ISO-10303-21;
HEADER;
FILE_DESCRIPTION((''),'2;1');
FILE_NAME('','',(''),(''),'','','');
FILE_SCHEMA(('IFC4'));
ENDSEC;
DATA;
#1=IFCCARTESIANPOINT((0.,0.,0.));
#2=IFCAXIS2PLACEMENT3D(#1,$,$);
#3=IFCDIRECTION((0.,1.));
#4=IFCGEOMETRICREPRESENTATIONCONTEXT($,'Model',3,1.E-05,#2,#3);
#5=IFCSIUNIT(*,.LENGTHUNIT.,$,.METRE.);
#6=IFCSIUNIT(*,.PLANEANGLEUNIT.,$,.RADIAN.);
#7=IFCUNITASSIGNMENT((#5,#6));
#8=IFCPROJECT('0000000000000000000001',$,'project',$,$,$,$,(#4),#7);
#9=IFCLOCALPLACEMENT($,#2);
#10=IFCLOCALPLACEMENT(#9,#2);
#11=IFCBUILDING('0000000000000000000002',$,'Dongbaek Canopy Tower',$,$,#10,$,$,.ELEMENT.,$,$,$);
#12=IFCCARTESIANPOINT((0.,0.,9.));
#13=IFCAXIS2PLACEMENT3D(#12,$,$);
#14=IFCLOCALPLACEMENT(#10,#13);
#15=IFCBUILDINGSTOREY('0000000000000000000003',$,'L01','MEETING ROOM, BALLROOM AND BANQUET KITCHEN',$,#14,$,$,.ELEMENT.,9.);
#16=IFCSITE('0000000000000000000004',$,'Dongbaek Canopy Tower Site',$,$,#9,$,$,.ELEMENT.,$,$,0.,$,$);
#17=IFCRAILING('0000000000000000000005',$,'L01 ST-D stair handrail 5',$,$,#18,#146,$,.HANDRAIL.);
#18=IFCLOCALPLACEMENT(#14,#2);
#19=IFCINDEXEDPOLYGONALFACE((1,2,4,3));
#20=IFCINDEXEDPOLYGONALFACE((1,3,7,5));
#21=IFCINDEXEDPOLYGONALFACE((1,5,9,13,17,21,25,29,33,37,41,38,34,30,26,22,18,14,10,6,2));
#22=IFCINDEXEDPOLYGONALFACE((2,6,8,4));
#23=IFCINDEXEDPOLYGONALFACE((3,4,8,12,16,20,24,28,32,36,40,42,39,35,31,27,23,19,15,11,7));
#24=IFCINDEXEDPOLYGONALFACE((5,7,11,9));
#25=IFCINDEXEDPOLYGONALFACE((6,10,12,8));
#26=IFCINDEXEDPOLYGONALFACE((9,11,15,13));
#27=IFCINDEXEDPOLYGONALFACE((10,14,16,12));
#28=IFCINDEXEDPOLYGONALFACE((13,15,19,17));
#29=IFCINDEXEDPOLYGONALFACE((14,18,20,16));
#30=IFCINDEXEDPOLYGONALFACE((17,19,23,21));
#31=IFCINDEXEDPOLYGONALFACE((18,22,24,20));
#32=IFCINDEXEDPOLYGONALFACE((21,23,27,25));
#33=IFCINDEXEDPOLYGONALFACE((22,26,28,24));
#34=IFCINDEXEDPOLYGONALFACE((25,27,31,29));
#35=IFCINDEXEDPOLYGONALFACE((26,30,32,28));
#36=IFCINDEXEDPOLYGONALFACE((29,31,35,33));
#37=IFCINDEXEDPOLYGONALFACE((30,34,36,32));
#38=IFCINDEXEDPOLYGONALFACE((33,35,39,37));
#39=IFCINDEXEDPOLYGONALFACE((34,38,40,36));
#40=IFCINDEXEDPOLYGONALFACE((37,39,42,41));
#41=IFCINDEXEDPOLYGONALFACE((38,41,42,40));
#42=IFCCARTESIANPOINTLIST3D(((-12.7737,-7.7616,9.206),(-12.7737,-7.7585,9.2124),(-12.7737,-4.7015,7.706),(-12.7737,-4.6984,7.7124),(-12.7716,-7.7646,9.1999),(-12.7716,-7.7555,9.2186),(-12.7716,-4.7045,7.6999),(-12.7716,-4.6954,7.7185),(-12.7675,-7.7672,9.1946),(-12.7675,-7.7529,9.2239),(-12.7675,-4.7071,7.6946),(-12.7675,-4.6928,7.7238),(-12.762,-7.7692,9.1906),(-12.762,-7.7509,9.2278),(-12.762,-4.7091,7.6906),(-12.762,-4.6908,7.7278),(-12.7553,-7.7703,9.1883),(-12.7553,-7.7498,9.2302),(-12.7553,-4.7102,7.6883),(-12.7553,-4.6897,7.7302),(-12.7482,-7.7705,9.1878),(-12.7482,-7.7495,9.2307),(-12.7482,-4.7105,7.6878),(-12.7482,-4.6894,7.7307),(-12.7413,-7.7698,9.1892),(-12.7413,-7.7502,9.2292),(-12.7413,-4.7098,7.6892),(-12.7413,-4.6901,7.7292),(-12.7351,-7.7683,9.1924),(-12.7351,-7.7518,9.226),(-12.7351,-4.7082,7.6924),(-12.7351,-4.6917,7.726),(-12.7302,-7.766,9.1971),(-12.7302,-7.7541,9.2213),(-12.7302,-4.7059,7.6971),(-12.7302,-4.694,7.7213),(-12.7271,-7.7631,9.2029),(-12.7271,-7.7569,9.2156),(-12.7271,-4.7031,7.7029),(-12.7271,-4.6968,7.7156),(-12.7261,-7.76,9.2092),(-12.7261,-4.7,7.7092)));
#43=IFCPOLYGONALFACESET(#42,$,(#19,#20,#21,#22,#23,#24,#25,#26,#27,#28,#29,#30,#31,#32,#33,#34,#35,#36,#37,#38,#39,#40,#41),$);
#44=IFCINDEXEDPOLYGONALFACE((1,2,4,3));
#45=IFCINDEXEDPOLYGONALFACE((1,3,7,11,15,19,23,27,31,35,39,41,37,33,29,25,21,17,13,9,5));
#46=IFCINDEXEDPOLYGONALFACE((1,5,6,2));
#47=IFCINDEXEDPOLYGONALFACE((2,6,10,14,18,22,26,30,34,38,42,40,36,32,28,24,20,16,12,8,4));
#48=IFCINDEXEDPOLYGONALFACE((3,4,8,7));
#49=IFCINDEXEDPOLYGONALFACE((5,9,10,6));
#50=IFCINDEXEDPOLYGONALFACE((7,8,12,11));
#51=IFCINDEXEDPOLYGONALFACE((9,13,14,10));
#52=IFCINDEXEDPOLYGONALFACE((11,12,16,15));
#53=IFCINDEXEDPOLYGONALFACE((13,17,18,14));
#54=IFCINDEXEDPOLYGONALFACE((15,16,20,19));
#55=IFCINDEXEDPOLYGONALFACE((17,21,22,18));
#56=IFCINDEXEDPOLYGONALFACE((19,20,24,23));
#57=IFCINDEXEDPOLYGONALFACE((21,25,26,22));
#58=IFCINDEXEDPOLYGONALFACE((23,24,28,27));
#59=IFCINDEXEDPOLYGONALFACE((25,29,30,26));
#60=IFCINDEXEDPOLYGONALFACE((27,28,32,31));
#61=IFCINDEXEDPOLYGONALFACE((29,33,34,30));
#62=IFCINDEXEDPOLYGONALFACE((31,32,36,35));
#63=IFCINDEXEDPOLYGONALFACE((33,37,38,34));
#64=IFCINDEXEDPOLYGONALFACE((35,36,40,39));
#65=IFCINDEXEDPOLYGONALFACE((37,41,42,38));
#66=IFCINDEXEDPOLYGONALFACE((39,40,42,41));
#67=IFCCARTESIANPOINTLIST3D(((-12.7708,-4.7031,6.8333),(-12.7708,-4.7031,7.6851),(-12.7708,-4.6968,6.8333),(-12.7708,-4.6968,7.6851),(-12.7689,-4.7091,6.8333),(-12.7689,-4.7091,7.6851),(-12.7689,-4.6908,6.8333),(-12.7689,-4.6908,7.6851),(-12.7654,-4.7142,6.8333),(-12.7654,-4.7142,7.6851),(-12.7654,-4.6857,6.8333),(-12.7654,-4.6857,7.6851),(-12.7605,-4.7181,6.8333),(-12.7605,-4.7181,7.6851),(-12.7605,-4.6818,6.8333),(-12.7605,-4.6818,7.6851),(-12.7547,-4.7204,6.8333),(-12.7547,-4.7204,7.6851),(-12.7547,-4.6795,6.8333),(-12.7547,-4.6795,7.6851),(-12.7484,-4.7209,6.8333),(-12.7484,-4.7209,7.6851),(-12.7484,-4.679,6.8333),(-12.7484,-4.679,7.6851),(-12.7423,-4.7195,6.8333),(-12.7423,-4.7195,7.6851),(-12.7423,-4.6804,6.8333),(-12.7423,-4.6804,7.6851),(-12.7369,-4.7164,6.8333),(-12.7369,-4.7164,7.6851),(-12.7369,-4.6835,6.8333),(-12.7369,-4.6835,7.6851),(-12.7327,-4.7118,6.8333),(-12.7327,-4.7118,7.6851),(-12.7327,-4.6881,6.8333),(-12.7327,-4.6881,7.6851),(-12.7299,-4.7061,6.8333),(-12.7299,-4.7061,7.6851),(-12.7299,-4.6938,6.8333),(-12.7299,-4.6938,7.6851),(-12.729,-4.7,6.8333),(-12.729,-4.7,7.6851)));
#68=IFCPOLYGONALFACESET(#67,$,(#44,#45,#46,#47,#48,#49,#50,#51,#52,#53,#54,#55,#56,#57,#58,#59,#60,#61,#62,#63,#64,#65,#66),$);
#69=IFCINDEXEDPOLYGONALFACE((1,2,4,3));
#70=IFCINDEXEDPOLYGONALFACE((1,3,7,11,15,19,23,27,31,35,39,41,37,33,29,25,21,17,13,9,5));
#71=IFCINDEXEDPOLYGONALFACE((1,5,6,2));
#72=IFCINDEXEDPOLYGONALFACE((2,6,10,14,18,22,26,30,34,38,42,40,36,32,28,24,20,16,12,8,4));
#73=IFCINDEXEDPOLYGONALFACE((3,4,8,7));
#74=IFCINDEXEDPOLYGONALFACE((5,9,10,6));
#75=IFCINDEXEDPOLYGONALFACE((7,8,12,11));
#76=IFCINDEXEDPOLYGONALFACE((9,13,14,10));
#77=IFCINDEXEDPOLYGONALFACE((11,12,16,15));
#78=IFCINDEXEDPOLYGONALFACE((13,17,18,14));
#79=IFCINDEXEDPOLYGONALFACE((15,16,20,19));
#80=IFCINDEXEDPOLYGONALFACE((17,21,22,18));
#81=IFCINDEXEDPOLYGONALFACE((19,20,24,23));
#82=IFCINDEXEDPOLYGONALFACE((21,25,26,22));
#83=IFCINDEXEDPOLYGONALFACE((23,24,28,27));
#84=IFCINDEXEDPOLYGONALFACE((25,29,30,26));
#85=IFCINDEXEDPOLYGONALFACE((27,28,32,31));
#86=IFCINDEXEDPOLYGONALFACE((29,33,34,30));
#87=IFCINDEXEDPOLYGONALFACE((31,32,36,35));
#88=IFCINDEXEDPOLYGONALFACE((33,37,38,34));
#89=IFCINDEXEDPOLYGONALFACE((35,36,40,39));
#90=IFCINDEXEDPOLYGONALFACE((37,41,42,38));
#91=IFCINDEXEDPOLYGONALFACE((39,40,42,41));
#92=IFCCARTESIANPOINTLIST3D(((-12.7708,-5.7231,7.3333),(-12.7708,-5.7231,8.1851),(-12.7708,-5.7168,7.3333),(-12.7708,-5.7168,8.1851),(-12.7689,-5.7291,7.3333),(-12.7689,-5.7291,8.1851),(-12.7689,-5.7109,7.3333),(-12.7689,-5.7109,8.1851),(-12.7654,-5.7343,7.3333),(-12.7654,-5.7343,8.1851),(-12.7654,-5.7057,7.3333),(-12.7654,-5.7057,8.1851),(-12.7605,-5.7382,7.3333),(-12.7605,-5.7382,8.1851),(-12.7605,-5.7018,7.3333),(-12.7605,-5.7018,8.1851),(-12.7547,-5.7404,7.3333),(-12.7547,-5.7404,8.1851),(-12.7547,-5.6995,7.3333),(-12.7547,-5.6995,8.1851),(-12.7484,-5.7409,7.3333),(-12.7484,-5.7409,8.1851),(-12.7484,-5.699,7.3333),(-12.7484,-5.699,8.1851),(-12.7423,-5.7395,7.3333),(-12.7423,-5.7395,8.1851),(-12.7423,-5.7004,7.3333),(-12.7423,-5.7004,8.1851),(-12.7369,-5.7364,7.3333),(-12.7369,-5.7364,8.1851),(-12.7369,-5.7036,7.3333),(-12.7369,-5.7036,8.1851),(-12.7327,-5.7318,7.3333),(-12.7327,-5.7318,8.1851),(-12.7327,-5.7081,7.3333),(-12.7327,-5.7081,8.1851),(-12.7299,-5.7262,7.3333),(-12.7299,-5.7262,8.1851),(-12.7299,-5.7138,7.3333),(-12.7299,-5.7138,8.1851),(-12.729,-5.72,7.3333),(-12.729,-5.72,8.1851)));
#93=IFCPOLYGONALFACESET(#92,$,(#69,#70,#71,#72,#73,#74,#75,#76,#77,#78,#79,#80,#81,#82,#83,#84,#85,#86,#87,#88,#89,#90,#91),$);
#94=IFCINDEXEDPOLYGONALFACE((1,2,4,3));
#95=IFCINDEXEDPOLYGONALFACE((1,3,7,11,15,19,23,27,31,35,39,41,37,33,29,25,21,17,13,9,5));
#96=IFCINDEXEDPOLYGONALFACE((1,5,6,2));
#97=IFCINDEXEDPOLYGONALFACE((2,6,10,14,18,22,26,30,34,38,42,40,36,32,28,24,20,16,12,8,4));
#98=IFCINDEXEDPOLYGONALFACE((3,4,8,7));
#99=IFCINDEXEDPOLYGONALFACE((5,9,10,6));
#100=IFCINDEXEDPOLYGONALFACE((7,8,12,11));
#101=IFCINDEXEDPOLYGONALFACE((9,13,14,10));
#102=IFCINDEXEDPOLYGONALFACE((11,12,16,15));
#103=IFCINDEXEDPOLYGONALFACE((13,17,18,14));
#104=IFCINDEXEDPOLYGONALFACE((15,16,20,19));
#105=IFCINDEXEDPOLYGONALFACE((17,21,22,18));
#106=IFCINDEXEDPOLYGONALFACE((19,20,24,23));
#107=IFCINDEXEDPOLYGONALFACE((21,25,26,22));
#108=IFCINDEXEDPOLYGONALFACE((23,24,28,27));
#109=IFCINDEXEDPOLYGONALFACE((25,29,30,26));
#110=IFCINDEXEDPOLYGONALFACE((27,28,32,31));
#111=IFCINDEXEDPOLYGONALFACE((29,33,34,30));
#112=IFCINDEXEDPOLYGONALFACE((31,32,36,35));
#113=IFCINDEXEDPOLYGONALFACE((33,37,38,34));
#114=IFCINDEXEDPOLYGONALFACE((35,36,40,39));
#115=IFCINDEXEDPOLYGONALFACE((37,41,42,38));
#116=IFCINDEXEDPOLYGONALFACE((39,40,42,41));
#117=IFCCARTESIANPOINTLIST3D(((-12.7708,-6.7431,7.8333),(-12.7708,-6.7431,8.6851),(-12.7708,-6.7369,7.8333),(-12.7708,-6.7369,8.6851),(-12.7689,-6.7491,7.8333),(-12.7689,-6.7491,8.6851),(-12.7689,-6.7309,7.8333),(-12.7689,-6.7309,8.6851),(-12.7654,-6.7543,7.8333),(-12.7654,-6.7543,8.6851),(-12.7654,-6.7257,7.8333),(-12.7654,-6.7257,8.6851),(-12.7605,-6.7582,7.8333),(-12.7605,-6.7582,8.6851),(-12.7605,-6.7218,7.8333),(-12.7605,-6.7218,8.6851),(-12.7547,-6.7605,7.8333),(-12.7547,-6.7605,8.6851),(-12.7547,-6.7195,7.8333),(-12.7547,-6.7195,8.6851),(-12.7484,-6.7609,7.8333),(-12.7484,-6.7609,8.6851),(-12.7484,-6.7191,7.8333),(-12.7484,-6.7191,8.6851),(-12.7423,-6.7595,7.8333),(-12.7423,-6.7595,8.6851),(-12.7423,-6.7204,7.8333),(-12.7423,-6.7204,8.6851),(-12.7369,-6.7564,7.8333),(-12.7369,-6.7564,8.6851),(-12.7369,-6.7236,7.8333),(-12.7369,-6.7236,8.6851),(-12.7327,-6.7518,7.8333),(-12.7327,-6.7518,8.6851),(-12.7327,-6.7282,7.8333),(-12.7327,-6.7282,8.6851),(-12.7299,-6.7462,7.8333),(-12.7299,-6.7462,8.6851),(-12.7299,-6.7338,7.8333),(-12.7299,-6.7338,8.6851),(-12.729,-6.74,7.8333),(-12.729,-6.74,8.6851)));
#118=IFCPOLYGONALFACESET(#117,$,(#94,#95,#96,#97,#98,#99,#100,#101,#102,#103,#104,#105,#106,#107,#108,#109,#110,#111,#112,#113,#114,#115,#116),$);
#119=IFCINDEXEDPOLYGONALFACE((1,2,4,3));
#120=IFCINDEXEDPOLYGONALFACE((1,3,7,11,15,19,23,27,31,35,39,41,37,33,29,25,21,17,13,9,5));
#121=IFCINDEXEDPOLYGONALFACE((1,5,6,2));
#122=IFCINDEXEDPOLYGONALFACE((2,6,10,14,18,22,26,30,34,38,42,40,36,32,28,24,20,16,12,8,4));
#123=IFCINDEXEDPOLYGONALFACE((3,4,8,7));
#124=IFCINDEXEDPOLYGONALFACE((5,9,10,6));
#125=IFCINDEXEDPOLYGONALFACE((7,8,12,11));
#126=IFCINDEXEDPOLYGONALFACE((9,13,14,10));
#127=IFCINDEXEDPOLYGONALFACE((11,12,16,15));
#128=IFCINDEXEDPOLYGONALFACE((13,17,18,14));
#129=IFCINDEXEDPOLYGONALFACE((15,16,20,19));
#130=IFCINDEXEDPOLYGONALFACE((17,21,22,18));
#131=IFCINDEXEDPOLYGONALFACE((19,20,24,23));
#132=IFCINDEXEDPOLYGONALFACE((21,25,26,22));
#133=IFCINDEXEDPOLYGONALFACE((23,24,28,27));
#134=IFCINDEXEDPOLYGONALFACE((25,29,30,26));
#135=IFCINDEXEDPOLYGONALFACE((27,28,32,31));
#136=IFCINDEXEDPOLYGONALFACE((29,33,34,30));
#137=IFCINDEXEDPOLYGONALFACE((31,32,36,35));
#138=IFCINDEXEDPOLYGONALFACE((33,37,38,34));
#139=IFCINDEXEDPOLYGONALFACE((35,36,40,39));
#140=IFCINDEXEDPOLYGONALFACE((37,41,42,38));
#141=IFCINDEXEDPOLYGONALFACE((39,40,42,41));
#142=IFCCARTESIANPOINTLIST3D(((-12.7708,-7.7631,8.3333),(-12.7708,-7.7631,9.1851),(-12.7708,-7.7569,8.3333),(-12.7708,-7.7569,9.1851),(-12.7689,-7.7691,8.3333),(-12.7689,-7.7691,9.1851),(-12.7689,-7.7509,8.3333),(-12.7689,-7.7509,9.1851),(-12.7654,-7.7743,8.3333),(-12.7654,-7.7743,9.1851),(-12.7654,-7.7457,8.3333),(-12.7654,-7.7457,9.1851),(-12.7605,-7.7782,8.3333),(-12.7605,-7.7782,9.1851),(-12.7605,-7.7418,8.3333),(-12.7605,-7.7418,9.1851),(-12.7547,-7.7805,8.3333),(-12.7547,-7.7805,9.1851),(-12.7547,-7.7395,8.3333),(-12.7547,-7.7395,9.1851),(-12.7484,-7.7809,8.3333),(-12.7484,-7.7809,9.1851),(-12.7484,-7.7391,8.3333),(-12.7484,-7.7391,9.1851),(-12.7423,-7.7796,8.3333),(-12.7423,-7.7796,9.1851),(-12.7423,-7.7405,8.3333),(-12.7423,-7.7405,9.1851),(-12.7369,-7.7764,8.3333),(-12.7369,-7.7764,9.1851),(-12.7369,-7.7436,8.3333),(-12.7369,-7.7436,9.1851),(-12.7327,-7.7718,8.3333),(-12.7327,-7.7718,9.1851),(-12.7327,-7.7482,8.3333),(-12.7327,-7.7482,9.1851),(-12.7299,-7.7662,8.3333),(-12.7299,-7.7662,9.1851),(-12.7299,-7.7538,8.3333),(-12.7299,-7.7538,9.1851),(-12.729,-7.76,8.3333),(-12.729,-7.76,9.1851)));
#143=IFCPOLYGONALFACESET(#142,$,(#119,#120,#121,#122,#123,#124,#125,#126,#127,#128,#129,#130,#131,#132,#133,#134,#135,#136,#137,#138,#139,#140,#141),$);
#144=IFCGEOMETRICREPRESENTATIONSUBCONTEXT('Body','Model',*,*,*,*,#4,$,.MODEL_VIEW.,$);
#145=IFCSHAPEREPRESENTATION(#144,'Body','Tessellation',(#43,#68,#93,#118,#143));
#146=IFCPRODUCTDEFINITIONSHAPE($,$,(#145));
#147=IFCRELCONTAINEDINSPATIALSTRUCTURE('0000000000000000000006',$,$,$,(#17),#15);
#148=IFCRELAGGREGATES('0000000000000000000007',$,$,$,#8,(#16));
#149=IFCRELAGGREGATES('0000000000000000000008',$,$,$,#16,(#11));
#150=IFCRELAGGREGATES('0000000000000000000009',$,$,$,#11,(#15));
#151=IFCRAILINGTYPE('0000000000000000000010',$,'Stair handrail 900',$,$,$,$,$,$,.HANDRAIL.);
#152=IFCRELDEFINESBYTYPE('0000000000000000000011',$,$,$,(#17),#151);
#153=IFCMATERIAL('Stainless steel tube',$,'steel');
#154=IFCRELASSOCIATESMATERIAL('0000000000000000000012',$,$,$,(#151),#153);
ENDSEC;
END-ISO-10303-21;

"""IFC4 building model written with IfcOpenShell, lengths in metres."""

from ifc_helpers import new_model, si_unit, direction, frame, origin, origin_2d, place, context, subcontext, project, spatial, circle, extrude, material, type_object, element, save


model = new_model("IFC4")

# Units and contexts
model_context = context("Model", 3, precision=1e-05, world=origin(), true_north=direction((0.0, 1.0)))
body_context = subcontext(model_context, "Body", "Model", "MODEL_VIEW")
ifc_project = project(units=[si_unit("LENGTHUNIT", "METRE"), si_unit("PLANEANGLEUNIT", "RADIAN")], contexts=[model_context])

# Site, building, storey
site_placement = place(None, origin())
site = spatial("IfcSite", under=ifc_project, at=site_placement, Name="Dongbaek Canopy Tower Site", CompositionType="ELEMENT", RefElevation=0.0)
building_placement = place(site_placement, origin())
building = spatial("IfcBuilding", under=site, at=building_placement, Name="Dongbaek Canopy Tower", CompositionType="ELEMENT")
storey_placement = place(building_placement, frame((0.0, 0.0, 9.0)))
storey = spatial("IfcBuildingStorey", under=building, at=storey_placement, Name="L01", Description="MEETING ROOM, BALLROOM AND BANQUET KITCHEN", CompositionType="ELEMENT", Elevation=9.0)

# Railing
ifc_material_1 = material(Name="Stainless steel tube", Category="steel")
railing_type_1 = type_object("IfcRailingType", Name="Stair handrail 900", PredefinedType="HANDRAIL", material=ifc_material_1)
railing_1_placement = place(storey_placement, frame((-12.75, -4.7, 6.8333)))
element("IfcRailing", 1, at=railing_1_placement, inside=storey, type_object=railing_type_1, Name="L01 ST-D stair handrail 5", PredefinedType="HANDRAIL", context=body_context, shape_type="SweptSolid", body=[
    extrude(circle(Radius=0.0239, at=origin_2d()), frame((0.0, 0.0, 0.876), z_axis=(0.0, -0.897924, 0.44015), x_axis=(1.0, 0.0, 0.0)), (0.0, 0.0, 1.0), 3.408),
    extrude(circle(Radius=0.021, at=origin_2d()), origin(), (0.0, 0.0, 1.0), 0.8518),
    extrude(circle(Radius=0.021, at=origin_2d()), frame((0.0, -1.02, 0.5)), (0.0, 0.0, 1.0), 0.8518),
    extrude(circle(Radius=0.021, at=origin_2d()), frame((0.0, -2.04, 1.0)), (0.0, 0.0, 1.0), 0.8518),
    extrude(circle(Radius=0.021, at=origin_2d()), frame((0.0, -3.0601, 1.5)), (0.0, 0.0, 1.0), 0.8518),
])

save(model, "model.ifc")
